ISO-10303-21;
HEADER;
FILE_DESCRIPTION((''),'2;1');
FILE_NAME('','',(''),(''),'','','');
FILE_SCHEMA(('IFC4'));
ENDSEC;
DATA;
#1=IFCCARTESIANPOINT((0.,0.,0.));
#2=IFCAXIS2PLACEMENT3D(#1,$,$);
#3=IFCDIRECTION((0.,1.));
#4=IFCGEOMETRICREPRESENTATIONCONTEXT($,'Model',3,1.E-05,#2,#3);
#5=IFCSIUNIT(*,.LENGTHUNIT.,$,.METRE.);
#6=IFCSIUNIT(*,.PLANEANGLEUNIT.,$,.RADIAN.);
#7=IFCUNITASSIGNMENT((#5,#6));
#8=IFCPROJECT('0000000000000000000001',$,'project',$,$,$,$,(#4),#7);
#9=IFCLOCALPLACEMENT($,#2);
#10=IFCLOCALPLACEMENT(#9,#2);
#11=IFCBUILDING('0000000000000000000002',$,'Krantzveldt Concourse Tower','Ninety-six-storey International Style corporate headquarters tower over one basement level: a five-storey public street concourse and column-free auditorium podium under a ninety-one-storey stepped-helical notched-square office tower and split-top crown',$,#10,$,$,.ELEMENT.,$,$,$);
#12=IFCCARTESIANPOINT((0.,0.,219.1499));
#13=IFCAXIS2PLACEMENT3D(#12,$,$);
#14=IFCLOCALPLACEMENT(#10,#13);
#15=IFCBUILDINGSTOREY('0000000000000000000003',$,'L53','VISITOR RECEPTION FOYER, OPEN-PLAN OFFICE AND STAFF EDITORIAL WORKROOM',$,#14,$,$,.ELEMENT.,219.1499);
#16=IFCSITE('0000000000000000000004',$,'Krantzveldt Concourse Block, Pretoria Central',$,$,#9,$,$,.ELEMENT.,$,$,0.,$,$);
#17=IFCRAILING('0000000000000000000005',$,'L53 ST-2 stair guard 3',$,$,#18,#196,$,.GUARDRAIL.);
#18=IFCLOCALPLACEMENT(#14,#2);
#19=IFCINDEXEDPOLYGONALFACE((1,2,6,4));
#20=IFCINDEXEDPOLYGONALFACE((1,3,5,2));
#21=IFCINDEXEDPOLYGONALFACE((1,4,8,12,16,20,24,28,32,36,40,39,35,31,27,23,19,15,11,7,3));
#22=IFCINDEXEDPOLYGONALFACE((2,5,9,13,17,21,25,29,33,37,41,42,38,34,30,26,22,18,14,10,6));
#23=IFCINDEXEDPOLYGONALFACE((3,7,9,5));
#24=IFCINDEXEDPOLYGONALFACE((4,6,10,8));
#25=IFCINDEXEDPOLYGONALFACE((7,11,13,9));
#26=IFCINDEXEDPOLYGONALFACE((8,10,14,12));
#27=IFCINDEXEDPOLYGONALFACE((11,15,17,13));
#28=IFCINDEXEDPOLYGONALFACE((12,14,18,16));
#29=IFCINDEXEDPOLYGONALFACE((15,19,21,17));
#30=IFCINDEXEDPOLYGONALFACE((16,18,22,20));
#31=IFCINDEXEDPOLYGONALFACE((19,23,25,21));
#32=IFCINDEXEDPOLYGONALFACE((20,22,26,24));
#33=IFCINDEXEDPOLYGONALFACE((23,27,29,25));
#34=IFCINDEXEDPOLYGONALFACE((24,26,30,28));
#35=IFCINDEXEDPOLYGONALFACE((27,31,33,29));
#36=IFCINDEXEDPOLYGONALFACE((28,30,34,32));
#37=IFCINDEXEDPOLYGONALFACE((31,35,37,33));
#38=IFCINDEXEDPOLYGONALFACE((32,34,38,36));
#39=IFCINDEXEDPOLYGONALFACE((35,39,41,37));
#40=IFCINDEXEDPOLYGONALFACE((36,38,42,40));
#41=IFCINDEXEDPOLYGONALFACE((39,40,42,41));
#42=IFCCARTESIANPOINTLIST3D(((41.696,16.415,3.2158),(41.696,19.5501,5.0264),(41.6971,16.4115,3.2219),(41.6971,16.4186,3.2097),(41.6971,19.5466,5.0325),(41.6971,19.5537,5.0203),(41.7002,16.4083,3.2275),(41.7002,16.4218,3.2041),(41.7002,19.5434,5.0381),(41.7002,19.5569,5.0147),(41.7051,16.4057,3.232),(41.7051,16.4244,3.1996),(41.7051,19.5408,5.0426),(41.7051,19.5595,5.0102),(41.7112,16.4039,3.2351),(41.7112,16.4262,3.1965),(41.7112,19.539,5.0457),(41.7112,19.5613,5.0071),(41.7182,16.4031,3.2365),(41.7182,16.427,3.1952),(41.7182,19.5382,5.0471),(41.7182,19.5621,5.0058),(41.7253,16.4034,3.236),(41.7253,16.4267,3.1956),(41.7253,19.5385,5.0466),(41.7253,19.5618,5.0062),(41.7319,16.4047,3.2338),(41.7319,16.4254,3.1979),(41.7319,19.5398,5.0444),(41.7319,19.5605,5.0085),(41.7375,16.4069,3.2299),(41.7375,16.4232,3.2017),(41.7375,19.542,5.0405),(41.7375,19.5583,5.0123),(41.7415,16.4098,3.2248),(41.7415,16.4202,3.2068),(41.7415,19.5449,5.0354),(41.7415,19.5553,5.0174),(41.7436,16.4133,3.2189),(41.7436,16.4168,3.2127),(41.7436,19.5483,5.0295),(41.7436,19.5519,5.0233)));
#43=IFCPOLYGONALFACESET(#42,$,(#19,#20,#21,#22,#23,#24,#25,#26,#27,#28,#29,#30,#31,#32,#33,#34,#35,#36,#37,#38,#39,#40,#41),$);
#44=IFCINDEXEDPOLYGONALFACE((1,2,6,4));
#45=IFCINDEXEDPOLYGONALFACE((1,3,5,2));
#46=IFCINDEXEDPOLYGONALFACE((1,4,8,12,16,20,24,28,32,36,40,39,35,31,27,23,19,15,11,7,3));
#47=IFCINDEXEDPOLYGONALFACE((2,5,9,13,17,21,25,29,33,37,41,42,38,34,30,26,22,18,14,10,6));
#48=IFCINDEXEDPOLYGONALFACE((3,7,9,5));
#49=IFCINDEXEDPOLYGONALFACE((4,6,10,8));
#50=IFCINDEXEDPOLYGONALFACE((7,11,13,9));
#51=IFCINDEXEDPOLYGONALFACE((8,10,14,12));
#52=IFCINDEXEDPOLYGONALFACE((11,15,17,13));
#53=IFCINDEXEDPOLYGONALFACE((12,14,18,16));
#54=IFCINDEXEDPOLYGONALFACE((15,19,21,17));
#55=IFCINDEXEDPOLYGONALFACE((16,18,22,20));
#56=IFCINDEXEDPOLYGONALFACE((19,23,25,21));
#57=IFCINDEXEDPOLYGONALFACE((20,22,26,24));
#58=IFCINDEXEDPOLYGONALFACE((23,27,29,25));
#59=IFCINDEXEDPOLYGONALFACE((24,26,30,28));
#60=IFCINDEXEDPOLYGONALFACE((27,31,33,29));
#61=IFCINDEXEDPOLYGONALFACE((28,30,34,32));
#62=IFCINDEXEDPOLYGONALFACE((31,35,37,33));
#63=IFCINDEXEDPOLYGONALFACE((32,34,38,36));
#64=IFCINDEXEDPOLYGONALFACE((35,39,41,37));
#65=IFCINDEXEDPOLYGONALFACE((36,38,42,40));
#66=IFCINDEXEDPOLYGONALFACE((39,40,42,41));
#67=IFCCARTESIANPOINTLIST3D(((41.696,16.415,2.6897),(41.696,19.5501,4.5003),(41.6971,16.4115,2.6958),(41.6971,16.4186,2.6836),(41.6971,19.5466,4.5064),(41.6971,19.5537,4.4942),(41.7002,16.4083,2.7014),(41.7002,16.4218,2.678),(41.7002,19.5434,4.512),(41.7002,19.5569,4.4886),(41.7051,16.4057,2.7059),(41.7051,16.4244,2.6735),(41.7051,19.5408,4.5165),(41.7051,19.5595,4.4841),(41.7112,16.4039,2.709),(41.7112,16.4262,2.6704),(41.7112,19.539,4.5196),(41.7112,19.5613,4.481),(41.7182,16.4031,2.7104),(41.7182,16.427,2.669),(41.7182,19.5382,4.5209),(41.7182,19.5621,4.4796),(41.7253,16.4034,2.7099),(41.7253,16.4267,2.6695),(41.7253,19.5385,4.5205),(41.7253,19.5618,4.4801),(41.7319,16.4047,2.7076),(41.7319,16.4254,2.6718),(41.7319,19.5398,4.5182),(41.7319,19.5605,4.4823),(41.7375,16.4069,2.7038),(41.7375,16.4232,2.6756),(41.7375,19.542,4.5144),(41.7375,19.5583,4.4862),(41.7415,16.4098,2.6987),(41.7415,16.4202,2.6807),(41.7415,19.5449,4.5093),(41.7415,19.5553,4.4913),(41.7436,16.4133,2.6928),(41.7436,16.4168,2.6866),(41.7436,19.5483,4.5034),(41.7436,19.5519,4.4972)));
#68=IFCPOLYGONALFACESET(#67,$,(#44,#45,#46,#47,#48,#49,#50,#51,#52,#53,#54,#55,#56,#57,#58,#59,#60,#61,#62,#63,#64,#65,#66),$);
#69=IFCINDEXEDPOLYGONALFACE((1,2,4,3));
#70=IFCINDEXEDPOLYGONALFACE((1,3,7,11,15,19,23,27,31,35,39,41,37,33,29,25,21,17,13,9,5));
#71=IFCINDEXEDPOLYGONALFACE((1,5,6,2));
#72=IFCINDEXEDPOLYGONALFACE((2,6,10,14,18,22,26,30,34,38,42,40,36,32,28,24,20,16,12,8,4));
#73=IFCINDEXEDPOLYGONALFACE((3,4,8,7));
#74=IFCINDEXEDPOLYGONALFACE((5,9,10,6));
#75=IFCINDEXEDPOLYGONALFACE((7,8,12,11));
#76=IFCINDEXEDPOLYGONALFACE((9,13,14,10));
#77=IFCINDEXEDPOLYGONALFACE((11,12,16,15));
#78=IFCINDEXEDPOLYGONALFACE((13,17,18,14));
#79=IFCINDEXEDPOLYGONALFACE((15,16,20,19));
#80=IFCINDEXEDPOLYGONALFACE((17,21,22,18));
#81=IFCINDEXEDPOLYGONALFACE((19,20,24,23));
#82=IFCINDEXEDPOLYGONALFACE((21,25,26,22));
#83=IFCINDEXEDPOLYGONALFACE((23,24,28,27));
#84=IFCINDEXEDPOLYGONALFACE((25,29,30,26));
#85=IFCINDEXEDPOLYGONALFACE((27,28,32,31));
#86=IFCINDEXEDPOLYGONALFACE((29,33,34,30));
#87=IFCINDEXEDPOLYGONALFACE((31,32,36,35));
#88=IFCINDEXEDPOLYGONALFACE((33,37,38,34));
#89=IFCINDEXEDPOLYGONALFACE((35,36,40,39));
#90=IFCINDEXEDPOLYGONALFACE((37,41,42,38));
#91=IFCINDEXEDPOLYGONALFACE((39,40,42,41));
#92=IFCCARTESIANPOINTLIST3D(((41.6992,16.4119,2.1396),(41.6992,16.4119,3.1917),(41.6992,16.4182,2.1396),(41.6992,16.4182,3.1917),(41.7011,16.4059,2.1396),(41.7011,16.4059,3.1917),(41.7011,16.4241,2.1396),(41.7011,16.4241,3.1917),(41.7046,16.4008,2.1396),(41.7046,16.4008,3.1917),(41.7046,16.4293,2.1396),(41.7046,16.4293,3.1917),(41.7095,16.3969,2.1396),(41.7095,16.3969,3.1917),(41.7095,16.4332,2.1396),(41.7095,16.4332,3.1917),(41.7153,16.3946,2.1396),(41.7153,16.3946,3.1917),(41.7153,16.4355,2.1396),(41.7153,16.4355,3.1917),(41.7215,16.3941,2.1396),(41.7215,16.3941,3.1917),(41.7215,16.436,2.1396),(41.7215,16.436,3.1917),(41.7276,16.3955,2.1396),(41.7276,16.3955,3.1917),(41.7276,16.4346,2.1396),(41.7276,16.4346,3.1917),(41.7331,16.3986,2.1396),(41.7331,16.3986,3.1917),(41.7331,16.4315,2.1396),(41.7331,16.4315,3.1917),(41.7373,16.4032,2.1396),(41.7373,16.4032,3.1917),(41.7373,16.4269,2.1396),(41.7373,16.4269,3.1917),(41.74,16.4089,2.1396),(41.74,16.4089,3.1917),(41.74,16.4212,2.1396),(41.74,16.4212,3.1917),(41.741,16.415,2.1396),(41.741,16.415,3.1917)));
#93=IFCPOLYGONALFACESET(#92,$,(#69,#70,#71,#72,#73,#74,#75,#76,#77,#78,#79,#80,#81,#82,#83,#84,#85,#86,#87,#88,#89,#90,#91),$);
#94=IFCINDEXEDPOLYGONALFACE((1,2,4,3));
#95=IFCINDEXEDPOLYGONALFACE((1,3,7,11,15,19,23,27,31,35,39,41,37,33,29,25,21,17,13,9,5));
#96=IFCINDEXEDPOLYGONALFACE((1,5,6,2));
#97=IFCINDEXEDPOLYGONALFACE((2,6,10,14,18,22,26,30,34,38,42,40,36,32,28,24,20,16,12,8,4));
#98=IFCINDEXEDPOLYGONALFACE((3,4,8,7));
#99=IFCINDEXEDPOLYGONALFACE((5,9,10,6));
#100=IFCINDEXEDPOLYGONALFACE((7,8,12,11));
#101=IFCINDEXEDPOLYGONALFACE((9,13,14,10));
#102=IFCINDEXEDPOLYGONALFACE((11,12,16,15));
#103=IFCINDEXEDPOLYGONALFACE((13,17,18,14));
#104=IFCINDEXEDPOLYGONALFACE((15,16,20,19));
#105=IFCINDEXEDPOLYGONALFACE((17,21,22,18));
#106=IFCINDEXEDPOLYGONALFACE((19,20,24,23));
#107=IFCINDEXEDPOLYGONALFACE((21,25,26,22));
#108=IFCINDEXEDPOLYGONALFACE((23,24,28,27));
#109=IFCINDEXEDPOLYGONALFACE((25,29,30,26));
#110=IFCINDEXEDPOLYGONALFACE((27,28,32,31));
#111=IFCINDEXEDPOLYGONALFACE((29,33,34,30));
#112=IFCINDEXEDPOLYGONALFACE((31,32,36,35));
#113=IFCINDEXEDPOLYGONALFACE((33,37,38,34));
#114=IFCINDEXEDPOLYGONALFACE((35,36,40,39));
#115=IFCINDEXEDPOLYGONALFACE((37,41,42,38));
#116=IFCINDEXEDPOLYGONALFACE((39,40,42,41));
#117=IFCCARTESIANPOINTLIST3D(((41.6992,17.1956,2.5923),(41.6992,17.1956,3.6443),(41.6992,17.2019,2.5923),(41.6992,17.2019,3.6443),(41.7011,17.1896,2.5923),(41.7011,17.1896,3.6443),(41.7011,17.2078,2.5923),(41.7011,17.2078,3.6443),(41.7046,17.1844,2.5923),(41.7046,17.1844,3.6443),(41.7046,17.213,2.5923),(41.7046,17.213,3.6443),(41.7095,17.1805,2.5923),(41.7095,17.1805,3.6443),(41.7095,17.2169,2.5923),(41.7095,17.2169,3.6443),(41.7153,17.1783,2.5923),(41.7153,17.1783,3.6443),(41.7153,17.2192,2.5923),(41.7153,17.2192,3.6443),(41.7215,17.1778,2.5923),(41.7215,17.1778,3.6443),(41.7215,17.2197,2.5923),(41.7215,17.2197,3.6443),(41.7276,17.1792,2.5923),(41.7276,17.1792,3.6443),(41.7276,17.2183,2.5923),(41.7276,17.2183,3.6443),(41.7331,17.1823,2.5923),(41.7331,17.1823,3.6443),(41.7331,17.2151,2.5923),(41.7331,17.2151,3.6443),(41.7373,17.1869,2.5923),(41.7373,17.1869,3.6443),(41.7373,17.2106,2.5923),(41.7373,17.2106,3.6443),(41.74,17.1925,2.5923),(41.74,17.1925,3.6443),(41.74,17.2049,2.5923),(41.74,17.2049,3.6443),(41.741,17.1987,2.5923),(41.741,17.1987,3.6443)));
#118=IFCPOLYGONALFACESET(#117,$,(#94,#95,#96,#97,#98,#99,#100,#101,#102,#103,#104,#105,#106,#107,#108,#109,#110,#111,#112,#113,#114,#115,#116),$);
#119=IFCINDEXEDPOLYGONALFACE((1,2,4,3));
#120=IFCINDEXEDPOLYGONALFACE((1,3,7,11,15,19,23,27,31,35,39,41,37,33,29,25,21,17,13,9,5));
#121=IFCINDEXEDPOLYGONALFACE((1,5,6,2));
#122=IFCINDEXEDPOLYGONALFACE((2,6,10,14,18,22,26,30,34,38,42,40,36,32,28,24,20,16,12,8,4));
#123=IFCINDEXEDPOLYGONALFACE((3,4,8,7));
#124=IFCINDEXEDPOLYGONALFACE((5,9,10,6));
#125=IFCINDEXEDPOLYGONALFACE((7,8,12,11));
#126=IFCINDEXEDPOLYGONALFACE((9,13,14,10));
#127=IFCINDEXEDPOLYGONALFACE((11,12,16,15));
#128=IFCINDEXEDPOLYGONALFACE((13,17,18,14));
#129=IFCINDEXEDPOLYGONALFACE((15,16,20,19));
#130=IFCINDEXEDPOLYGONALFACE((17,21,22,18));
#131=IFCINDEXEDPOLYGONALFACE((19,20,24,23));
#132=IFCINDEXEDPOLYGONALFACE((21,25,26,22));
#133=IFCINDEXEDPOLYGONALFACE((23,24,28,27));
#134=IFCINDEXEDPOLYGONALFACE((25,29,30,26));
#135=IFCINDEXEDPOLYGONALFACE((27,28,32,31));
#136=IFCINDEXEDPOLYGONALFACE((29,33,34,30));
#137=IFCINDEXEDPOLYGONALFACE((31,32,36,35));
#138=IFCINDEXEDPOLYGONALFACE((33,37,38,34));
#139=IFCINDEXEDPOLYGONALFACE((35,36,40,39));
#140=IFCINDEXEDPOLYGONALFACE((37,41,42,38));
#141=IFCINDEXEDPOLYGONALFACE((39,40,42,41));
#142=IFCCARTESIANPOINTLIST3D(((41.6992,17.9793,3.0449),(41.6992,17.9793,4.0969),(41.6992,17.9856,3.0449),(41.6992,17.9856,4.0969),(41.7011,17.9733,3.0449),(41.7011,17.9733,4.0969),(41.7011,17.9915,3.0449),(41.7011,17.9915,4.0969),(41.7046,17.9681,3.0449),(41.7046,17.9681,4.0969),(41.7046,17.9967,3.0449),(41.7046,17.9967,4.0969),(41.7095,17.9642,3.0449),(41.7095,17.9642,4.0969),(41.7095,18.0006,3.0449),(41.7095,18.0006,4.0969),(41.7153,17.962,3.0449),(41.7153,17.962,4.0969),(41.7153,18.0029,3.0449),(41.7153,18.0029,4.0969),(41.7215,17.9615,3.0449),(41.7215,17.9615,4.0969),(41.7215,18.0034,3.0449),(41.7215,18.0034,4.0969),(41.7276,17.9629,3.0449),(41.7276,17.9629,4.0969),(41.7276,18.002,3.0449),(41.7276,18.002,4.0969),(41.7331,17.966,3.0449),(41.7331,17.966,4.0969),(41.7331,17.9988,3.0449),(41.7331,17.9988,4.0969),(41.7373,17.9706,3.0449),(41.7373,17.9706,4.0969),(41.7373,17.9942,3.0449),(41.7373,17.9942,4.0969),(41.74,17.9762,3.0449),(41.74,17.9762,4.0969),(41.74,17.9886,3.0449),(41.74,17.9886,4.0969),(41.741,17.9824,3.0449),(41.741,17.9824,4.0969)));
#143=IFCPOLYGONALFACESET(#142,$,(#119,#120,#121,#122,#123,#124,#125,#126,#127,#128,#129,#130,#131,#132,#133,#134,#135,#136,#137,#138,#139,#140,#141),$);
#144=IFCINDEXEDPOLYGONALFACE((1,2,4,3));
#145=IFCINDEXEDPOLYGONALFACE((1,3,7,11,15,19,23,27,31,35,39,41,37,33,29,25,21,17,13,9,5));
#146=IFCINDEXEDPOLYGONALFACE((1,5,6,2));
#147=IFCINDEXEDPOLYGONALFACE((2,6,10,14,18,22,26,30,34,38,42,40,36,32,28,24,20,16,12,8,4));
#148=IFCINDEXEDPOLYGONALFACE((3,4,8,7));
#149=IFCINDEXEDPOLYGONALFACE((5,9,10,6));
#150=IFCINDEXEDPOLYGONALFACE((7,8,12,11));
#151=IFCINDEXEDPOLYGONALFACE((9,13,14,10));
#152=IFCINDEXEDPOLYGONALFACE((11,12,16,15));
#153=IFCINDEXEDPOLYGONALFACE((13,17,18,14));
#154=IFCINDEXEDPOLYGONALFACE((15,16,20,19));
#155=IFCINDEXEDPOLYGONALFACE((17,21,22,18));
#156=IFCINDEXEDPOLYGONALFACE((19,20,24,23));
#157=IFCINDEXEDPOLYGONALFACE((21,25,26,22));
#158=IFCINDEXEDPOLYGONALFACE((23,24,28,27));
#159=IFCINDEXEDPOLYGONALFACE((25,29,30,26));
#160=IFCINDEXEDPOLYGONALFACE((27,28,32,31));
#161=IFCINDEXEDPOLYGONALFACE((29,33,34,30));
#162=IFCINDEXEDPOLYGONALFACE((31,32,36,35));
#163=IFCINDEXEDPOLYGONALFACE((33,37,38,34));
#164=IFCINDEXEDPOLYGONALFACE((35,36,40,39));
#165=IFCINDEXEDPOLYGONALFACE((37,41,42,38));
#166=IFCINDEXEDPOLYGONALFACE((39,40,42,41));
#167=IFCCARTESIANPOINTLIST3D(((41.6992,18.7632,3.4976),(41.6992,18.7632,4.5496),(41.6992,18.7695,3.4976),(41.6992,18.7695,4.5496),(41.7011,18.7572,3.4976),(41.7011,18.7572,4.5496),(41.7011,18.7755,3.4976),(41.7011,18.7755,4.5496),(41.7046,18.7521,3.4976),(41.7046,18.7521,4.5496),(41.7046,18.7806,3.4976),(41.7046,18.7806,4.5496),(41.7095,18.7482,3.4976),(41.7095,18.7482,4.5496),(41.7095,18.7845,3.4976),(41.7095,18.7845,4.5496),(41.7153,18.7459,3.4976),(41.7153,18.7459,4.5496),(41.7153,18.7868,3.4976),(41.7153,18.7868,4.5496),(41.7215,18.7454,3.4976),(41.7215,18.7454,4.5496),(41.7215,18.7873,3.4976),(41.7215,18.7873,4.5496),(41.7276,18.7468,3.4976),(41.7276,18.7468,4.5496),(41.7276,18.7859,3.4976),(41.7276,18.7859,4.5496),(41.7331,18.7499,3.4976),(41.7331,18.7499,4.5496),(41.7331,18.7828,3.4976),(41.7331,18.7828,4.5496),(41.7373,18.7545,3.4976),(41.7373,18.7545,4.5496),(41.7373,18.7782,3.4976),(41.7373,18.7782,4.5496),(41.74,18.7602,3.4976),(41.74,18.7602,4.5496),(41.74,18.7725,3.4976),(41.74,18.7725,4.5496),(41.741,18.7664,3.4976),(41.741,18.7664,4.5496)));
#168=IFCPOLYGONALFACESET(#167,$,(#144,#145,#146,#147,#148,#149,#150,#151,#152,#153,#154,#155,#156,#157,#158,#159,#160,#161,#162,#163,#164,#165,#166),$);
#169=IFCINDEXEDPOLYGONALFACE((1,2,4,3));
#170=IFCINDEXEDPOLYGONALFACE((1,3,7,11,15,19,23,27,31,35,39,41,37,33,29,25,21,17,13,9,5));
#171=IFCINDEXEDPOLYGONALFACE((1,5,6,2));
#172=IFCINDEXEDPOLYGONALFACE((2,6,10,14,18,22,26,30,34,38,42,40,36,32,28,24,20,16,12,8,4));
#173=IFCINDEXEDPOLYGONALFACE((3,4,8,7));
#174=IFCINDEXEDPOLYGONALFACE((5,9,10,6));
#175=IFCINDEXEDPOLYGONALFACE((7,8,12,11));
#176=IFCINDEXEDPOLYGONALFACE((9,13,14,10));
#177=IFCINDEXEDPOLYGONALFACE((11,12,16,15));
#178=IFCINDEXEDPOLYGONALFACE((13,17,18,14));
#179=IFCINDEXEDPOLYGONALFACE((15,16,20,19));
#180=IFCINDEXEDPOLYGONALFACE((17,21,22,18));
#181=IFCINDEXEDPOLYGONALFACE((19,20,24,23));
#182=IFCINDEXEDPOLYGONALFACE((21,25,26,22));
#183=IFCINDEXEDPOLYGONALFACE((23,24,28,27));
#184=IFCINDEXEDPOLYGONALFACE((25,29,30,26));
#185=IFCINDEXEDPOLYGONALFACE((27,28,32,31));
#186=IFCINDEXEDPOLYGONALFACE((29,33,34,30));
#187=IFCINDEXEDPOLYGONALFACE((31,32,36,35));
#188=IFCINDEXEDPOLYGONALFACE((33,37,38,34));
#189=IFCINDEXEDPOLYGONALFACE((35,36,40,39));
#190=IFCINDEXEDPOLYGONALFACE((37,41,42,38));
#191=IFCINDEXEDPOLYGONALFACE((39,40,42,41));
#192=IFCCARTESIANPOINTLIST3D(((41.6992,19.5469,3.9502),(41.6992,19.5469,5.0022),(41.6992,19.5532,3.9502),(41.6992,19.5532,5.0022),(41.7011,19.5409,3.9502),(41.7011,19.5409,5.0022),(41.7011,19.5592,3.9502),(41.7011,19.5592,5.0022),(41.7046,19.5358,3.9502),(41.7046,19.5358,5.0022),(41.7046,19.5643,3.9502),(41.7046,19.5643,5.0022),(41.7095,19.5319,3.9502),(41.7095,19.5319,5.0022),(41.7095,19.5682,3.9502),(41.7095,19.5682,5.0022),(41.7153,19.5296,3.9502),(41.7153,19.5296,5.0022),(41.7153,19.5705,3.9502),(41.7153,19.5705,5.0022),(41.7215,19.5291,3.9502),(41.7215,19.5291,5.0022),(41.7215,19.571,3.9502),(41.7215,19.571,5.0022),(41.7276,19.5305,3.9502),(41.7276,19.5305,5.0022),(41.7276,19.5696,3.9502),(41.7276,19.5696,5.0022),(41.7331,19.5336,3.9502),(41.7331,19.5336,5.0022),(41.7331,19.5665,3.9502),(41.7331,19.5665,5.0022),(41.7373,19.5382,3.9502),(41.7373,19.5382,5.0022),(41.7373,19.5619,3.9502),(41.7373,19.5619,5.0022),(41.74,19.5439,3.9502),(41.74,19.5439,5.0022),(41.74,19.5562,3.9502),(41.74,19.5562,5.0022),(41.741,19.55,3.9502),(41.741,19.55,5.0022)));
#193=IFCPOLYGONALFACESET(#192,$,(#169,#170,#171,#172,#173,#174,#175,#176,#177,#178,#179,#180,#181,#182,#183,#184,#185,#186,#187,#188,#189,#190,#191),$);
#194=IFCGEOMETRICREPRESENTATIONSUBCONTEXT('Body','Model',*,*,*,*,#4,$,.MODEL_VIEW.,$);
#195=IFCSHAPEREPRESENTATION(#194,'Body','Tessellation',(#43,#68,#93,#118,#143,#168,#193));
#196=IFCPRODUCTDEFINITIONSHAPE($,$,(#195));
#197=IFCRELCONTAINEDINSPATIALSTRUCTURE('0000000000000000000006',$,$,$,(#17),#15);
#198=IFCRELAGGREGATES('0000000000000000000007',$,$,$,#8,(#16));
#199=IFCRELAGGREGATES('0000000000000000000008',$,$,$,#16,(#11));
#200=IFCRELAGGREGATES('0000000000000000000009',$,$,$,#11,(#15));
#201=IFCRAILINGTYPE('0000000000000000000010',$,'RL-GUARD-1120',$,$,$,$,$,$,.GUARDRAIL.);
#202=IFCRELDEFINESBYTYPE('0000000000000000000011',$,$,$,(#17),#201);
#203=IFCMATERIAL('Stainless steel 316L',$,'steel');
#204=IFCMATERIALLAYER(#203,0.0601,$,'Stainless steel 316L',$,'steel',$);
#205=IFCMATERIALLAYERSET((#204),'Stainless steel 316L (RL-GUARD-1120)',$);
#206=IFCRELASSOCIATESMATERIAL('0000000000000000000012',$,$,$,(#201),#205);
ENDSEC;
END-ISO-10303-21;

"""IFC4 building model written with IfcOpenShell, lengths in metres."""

from ifc_helpers import new_model, si_unit, direction, frame, origin, origin_2d, place, context, subcontext, project, spatial, circle, extrude, material, layer, layer_set, type_object, element, save


model = new_model("IFC4")

# Units and contexts
model_context = context("Model", 3, precision=1e-05, world=origin(), true_north=direction((0.0, 1.0)))
body_context = subcontext(model_context, "Body", "Model", "MODEL_VIEW")
ifc_project = project(units=[si_unit("LENGTHUNIT", "METRE"), si_unit("PLANEANGLEUNIT", "RADIAN")], contexts=[model_context])

# Site, building, storey
site_placement = place(None, origin())
site = spatial("IfcSite", under=ifc_project, at=site_placement, Name="Krantzveldt Concourse Block, Pretoria Central", CompositionType="ELEMENT", RefElevation=0.0)
building_placement = place(site_placement, origin())
building = spatial("IfcBuilding", under=site, at=building_placement, Name="Krantzveldt Concourse Tower", Description="Ninety-six-storey International Style corporate headquarters tower over one basement level: a five-storey public street concourse and column-free auditorium podium under a ninety-one-storey stepped-helical notched-square office tower and split-top crown", CompositionType="ELEMENT")
storey_placement = place(building_placement, frame((0.0, 0.0, 219.1499)))
storey = spatial("IfcBuildingStorey", under=building, at=storey_placement, Name="L53", Description="VISITOR RECEPTION FOYER, OPEN-PLAN OFFICE AND STAFF EDITORIAL WORKROOM", CompositionType="ELEMENT", Elevation=219.1499)

# Shared definitions
ifc_material_1 = material(Name="Stainless steel 316L", Category="steel")

# Railing
ifc_layer_1 = layer(ifc_material_1, 0.0601, Name="Stainless steel 316L", Category="steel")
ifc_layer_set_1 = layer_set([ifc_layer_1], Name="Stainless steel 316L (RL-GUARD-1120)")
railing_type_1 = type_object("IfcRailingType", Name="RL-GUARD-1120", PredefinedType="GUARDRAIL", material=ifc_layer_set_1)
railing_1_placement = place(storey_placement, frame((41.72, 16.415, 2.1396)))
element("IfcRailing", 1, at=railing_1_placement, inside=storey, type_object=railing_type_1, Name="L53 ST-2 stair guard 3", PredefinedType="GUARDRAIL", context=body_context, shape_type="SweptSolid", body=[
    extrude(circle(Radius=0.0239, at=origin_2d()), frame((0.0, 0.0, 1.0762), z_axis=(0.0, 0.86596, 0.500114), x_axis=(-1.0, 0.0, 0.0)), (0.0, 0.0, 1.0), 3.6204),
    extrude(circle(Radius=0.0239, at=origin_2d()), frame((0.0, 0.0, 0.55), z_axis=(0.0, 0.86596, 0.500114), x_axis=(-1.0, 0.0, 0.0)), (0.0, 0.0, 1.0), 3.6204),
    extrude(circle(Radius=0.021, at=origin_2d()), origin(), (0.0, 0.0, 1.0), 1.052),
    extrude(circle(Radius=0.021, at=origin_2d()), frame((0.0, 0.7837, 0.4526)), (0.0, 0.0, 1.0), 1.052),
    extrude(circle(Radius=0.021, at=origin_2d()), frame((0.0, 1.5674, 0.9053)), (0.0, 0.0, 1.0), 1.052),
    extrude(circle(Radius=0.021, at=origin_2d()), frame((0.0, 2.3513, 1.3579)), (0.0, 0.0, 1.0), 1.052),
    extrude(circle(Radius=0.021, at=origin_2d()), frame((0.0, 3.135, 1.8105)), (0.0, 0.0, 1.0), 1.052),
])

save(model, "model.ifc")
